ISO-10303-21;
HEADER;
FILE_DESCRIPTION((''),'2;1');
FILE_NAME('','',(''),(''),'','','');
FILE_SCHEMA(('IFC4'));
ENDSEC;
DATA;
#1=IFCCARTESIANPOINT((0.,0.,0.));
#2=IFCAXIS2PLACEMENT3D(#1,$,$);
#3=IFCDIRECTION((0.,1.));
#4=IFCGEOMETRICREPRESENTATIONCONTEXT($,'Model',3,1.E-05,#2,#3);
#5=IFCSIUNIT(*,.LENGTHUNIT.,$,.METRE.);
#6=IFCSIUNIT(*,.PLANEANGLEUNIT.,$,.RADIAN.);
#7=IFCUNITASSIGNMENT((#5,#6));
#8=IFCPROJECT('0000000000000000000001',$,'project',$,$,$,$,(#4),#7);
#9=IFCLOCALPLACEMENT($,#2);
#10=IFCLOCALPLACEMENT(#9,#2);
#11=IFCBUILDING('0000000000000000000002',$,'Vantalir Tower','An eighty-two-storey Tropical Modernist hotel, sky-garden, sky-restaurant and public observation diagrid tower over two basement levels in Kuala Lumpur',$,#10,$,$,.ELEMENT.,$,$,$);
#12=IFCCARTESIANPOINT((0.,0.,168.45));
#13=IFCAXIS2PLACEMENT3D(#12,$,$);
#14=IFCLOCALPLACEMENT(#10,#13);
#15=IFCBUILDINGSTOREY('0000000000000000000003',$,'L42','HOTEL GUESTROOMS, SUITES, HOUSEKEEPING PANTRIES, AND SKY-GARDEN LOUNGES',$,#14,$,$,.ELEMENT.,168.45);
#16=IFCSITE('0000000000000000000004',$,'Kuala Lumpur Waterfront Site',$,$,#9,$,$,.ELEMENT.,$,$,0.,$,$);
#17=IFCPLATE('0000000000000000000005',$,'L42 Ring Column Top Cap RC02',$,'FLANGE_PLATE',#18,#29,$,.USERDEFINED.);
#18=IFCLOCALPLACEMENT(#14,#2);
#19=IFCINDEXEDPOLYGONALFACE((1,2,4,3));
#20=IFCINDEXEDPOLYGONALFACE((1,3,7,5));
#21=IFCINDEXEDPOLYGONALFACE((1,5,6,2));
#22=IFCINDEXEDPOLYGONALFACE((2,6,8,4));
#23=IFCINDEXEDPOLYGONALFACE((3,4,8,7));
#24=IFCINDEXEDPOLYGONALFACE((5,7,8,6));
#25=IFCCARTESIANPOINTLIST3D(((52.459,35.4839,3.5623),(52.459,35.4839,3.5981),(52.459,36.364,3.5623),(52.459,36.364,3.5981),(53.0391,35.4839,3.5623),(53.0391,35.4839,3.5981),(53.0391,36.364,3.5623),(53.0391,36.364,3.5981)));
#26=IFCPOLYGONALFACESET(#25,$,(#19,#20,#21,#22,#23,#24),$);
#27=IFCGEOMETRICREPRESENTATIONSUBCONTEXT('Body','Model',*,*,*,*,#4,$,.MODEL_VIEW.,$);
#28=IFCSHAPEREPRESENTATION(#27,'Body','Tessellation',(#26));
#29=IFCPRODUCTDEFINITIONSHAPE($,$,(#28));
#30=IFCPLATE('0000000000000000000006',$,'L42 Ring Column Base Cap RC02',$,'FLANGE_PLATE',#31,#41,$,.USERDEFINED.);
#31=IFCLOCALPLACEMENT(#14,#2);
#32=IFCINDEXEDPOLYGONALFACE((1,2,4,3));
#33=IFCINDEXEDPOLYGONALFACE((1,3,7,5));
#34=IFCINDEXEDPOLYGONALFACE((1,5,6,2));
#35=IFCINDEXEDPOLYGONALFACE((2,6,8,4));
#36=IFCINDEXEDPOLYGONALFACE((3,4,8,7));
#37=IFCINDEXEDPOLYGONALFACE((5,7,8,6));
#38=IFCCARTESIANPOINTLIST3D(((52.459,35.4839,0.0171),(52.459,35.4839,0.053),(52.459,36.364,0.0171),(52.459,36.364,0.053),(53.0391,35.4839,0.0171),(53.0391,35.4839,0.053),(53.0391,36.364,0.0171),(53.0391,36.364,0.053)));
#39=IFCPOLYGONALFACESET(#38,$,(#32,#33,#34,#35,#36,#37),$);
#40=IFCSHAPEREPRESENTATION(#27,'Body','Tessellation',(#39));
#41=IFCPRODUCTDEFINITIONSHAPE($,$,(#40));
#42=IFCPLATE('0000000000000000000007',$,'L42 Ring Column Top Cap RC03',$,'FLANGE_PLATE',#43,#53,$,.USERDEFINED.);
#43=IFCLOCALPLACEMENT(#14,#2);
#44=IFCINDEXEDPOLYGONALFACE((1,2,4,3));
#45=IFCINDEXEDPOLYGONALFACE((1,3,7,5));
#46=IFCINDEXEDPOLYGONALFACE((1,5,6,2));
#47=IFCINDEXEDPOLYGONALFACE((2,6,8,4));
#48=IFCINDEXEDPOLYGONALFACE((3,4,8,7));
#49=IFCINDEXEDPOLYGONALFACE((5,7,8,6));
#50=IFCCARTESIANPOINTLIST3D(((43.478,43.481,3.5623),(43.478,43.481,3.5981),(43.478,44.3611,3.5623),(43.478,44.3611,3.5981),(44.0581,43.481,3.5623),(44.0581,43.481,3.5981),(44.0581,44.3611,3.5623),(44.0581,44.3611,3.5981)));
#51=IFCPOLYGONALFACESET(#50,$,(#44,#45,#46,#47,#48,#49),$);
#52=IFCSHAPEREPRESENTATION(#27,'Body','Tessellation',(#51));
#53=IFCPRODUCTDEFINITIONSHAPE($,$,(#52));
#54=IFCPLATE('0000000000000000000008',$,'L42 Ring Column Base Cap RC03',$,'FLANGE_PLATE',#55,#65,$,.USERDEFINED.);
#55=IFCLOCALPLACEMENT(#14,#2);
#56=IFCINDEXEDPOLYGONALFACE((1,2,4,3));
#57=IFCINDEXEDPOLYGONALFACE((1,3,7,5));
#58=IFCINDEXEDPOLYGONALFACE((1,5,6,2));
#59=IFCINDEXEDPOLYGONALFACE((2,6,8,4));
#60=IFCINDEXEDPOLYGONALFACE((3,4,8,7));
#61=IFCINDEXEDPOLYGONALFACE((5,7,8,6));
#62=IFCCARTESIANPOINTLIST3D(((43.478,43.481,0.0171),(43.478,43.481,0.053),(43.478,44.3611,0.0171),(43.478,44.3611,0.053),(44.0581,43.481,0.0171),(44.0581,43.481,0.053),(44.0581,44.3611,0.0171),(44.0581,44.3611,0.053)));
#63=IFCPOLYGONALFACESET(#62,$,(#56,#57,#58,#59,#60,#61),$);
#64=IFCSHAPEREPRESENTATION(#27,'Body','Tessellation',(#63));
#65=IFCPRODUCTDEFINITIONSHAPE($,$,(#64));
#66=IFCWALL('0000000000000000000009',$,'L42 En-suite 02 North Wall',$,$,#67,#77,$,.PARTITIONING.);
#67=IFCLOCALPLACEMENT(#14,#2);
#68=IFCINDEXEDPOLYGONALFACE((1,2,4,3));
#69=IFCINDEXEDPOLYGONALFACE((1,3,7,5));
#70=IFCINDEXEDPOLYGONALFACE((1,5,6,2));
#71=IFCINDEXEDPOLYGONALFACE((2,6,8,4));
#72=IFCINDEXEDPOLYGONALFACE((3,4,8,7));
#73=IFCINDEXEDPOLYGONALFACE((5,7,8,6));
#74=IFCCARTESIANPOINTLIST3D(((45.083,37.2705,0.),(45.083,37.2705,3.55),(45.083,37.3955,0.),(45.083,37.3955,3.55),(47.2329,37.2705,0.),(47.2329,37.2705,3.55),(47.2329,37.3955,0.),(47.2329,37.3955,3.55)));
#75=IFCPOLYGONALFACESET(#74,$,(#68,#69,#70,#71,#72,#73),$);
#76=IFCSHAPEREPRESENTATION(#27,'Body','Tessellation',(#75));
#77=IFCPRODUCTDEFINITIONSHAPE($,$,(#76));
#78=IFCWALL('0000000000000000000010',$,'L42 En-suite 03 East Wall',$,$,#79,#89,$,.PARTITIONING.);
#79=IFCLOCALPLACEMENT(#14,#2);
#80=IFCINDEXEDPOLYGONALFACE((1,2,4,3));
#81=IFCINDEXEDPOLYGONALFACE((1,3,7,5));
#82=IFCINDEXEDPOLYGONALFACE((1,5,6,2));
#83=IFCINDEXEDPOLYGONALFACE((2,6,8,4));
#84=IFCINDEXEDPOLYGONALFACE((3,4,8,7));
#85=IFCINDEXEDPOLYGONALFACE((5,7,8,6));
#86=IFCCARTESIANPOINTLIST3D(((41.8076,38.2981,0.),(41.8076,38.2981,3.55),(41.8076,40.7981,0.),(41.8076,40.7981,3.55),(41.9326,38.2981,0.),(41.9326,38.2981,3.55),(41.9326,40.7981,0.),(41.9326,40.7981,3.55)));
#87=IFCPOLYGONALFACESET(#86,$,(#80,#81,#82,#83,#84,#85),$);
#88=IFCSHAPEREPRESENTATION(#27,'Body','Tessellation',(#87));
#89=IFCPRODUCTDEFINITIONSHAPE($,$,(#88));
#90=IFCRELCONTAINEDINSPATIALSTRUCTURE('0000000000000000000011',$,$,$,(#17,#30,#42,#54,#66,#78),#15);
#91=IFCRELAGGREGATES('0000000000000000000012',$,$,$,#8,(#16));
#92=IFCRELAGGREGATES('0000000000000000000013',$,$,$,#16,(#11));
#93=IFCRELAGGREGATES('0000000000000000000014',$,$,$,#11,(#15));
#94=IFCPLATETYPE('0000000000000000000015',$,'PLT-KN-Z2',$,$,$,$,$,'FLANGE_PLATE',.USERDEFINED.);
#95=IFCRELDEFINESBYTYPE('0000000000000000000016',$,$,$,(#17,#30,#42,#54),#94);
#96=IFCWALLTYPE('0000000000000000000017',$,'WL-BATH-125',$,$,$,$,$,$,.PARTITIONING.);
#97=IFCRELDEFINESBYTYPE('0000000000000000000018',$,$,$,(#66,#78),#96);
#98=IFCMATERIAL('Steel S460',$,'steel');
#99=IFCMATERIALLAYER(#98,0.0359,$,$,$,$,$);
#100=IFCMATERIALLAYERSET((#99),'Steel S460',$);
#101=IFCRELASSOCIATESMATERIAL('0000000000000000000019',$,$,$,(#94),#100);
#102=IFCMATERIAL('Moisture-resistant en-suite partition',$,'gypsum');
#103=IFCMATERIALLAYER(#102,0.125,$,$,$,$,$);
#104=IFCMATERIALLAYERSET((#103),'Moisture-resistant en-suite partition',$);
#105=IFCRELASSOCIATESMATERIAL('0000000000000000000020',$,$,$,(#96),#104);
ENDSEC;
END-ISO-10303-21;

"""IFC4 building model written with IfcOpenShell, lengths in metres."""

from ifc_helpers import new_model, si_unit, direction, frame, frame_2d, origin, place, context, subcontext, project, spatial, polyline, rectangle, outline, extrude, material, layer, layer_set, type_object, element, save


model = new_model("IFC4")

# Units and contexts
model_context = context("Model", 3, precision=1e-05, world=origin(), true_north=direction((0.0, 1.0)))
body_context = subcontext(model_context, "Body", "Model", "MODEL_VIEW")
ifc_project = project(units=[si_unit("LENGTHUNIT", "METRE"), si_unit("PLANEANGLEUNIT", "RADIAN")], contexts=[model_context])

# Site, building, storey
site_placement = place(None, origin())
site = spatial("IfcSite", under=ifc_project, at=site_placement, Name="Kuala Lumpur Waterfront Site", CompositionType="ELEMENT", RefElevation=0.0)
building_placement = place(site_placement, origin())
building = spatial("IfcBuilding", under=site, at=building_placement, Name="Vantalir Tower", Description="An eighty-two-storey Tropical Modernist hotel, sky-garden, sky-restaurant and public observation diagrid tower over two basement levels in Kuala Lumpur", CompositionType="ELEMENT")
storey_placement = place(building_placement, frame((0.0, 0.0, 168.45)))
storey = spatial("IfcBuildingStorey", under=building, at=storey_placement, Name="L42", Description="HOTEL GUESTROOMS, SUITES, HOUSEKEEPING PANTRIES, AND SKY-GARDEN LOUNGES", CompositionType="ELEMENT", Elevation=168.45)

# Shared definitions
ifc_material_1 = material(Name="Steel S460", Category="steel")

# Plates
ifc_layer_1 = layer(ifc_material_1, 0.0359)
ifc_layer_set_1 = layer_set([ifc_layer_1], Name="Steel S460")
plate_type_1 = type_object("IfcPlateType", Name="PLT-KN-Z2", ElementType="FLANGE_PLATE", PredefinedType="USERDEFINED", material=ifc_layer_set_1)
for number, where, z_axis, x_axis, name in (
    (1, (52.459, 36.364, 3.5981), (0.0, 0.0, 1.0), (0.0, -1.0, 0.0), "L42 Ring Column Top Cap RC02"),
    (2, (52.459, 36.364, 0.053), (0.0, 0.0, 1.0), (0.0, -1.0, 0.0), "L42 Ring Column Base Cap RC02"),
    (3, (43.478, 44.3611, 3.5981), (0.0, 0.0, 1.0), (0.0, -1.0, 0.0), "L42 Ring Column Top Cap RC03"),
    (4, (43.478, 44.3611, 0.053), (0.0, 0.0, 1.0), (0.0, -1.0, 0.0), "L42 Ring Column Base Cap RC03"),
):
    element("IfcPlate", number, at=place(storey_placement, frame(where, z_axis=z_axis, x_axis=x_axis)), inside=storey, type_object=plate_type_1, Name=name, ObjectType="FLANGE_PLATE", PredefinedType="USERDEFINED", context=body_context, shape_type="SweptSolid", body=[
        extrude(outline(polyline([(0.0, 0.0), (0.8801, 0.0), (0.8801, 0.5801), (0.0, 0.5801), (0.0, 0.0)])), origin(), (0.0, 0.0, -1.0), 0.0359),
    ])

# Walls
ifc_material_2 = material(Name="Moisture-resistant en-suite partition", Category="gypsum")
ifc_layer_2 = layer(ifc_material_2, 0.125)
ifc_layer_set_2 = layer_set([ifc_layer_2], Name="Moisture-resistant en-suite partition")
wall_type = type_object("IfcWallType", Name="WL-BATH-125", PredefinedType="PARTITIONING", material=ifc_layer_set_2)
wall_1_placement = place(storey_placement, frame((45.083, 37.333, 0.0), z_axis=(0.0, 0.0, 1.0), x_axis=(1.0, 0.0, 0.0)))
element("IfcWall", 5, at=wall_1_placement, inside=storey, type_object=wall_type, Name="L42 En-suite 02 North Wall", PredefinedType="PARTITIONING", context=body_context, shape_type="SweptSolid", body=[
    extrude(rectangle(XDim=2.1499, YDim=0.125, at=frame_2d((1.075, 0.0))), origin(), (0.0, 0.0, 1.0), 3.55),
])
wall_2_placement = place(storey_placement, frame((41.8701, 38.2981, 0.0), z_axis=(0.0, 0.0, 1.0), x_axis=(0.0, 1.0, 0.0)))
element("IfcWall", 6, at=wall_2_placement, inside=storey, type_object=wall_type, Name="L42 En-suite 03 East Wall", PredefinedType="PARTITIONING", context=body_context, shape_type="SweptSolid", body=[
    extrude(rectangle(XDim=2.5, YDim=0.125, at=frame_2d((1.25, 0.0))), origin(), (0.0, 0.0, 1.0), 3.55),
])

save(model, "model.ifc")
